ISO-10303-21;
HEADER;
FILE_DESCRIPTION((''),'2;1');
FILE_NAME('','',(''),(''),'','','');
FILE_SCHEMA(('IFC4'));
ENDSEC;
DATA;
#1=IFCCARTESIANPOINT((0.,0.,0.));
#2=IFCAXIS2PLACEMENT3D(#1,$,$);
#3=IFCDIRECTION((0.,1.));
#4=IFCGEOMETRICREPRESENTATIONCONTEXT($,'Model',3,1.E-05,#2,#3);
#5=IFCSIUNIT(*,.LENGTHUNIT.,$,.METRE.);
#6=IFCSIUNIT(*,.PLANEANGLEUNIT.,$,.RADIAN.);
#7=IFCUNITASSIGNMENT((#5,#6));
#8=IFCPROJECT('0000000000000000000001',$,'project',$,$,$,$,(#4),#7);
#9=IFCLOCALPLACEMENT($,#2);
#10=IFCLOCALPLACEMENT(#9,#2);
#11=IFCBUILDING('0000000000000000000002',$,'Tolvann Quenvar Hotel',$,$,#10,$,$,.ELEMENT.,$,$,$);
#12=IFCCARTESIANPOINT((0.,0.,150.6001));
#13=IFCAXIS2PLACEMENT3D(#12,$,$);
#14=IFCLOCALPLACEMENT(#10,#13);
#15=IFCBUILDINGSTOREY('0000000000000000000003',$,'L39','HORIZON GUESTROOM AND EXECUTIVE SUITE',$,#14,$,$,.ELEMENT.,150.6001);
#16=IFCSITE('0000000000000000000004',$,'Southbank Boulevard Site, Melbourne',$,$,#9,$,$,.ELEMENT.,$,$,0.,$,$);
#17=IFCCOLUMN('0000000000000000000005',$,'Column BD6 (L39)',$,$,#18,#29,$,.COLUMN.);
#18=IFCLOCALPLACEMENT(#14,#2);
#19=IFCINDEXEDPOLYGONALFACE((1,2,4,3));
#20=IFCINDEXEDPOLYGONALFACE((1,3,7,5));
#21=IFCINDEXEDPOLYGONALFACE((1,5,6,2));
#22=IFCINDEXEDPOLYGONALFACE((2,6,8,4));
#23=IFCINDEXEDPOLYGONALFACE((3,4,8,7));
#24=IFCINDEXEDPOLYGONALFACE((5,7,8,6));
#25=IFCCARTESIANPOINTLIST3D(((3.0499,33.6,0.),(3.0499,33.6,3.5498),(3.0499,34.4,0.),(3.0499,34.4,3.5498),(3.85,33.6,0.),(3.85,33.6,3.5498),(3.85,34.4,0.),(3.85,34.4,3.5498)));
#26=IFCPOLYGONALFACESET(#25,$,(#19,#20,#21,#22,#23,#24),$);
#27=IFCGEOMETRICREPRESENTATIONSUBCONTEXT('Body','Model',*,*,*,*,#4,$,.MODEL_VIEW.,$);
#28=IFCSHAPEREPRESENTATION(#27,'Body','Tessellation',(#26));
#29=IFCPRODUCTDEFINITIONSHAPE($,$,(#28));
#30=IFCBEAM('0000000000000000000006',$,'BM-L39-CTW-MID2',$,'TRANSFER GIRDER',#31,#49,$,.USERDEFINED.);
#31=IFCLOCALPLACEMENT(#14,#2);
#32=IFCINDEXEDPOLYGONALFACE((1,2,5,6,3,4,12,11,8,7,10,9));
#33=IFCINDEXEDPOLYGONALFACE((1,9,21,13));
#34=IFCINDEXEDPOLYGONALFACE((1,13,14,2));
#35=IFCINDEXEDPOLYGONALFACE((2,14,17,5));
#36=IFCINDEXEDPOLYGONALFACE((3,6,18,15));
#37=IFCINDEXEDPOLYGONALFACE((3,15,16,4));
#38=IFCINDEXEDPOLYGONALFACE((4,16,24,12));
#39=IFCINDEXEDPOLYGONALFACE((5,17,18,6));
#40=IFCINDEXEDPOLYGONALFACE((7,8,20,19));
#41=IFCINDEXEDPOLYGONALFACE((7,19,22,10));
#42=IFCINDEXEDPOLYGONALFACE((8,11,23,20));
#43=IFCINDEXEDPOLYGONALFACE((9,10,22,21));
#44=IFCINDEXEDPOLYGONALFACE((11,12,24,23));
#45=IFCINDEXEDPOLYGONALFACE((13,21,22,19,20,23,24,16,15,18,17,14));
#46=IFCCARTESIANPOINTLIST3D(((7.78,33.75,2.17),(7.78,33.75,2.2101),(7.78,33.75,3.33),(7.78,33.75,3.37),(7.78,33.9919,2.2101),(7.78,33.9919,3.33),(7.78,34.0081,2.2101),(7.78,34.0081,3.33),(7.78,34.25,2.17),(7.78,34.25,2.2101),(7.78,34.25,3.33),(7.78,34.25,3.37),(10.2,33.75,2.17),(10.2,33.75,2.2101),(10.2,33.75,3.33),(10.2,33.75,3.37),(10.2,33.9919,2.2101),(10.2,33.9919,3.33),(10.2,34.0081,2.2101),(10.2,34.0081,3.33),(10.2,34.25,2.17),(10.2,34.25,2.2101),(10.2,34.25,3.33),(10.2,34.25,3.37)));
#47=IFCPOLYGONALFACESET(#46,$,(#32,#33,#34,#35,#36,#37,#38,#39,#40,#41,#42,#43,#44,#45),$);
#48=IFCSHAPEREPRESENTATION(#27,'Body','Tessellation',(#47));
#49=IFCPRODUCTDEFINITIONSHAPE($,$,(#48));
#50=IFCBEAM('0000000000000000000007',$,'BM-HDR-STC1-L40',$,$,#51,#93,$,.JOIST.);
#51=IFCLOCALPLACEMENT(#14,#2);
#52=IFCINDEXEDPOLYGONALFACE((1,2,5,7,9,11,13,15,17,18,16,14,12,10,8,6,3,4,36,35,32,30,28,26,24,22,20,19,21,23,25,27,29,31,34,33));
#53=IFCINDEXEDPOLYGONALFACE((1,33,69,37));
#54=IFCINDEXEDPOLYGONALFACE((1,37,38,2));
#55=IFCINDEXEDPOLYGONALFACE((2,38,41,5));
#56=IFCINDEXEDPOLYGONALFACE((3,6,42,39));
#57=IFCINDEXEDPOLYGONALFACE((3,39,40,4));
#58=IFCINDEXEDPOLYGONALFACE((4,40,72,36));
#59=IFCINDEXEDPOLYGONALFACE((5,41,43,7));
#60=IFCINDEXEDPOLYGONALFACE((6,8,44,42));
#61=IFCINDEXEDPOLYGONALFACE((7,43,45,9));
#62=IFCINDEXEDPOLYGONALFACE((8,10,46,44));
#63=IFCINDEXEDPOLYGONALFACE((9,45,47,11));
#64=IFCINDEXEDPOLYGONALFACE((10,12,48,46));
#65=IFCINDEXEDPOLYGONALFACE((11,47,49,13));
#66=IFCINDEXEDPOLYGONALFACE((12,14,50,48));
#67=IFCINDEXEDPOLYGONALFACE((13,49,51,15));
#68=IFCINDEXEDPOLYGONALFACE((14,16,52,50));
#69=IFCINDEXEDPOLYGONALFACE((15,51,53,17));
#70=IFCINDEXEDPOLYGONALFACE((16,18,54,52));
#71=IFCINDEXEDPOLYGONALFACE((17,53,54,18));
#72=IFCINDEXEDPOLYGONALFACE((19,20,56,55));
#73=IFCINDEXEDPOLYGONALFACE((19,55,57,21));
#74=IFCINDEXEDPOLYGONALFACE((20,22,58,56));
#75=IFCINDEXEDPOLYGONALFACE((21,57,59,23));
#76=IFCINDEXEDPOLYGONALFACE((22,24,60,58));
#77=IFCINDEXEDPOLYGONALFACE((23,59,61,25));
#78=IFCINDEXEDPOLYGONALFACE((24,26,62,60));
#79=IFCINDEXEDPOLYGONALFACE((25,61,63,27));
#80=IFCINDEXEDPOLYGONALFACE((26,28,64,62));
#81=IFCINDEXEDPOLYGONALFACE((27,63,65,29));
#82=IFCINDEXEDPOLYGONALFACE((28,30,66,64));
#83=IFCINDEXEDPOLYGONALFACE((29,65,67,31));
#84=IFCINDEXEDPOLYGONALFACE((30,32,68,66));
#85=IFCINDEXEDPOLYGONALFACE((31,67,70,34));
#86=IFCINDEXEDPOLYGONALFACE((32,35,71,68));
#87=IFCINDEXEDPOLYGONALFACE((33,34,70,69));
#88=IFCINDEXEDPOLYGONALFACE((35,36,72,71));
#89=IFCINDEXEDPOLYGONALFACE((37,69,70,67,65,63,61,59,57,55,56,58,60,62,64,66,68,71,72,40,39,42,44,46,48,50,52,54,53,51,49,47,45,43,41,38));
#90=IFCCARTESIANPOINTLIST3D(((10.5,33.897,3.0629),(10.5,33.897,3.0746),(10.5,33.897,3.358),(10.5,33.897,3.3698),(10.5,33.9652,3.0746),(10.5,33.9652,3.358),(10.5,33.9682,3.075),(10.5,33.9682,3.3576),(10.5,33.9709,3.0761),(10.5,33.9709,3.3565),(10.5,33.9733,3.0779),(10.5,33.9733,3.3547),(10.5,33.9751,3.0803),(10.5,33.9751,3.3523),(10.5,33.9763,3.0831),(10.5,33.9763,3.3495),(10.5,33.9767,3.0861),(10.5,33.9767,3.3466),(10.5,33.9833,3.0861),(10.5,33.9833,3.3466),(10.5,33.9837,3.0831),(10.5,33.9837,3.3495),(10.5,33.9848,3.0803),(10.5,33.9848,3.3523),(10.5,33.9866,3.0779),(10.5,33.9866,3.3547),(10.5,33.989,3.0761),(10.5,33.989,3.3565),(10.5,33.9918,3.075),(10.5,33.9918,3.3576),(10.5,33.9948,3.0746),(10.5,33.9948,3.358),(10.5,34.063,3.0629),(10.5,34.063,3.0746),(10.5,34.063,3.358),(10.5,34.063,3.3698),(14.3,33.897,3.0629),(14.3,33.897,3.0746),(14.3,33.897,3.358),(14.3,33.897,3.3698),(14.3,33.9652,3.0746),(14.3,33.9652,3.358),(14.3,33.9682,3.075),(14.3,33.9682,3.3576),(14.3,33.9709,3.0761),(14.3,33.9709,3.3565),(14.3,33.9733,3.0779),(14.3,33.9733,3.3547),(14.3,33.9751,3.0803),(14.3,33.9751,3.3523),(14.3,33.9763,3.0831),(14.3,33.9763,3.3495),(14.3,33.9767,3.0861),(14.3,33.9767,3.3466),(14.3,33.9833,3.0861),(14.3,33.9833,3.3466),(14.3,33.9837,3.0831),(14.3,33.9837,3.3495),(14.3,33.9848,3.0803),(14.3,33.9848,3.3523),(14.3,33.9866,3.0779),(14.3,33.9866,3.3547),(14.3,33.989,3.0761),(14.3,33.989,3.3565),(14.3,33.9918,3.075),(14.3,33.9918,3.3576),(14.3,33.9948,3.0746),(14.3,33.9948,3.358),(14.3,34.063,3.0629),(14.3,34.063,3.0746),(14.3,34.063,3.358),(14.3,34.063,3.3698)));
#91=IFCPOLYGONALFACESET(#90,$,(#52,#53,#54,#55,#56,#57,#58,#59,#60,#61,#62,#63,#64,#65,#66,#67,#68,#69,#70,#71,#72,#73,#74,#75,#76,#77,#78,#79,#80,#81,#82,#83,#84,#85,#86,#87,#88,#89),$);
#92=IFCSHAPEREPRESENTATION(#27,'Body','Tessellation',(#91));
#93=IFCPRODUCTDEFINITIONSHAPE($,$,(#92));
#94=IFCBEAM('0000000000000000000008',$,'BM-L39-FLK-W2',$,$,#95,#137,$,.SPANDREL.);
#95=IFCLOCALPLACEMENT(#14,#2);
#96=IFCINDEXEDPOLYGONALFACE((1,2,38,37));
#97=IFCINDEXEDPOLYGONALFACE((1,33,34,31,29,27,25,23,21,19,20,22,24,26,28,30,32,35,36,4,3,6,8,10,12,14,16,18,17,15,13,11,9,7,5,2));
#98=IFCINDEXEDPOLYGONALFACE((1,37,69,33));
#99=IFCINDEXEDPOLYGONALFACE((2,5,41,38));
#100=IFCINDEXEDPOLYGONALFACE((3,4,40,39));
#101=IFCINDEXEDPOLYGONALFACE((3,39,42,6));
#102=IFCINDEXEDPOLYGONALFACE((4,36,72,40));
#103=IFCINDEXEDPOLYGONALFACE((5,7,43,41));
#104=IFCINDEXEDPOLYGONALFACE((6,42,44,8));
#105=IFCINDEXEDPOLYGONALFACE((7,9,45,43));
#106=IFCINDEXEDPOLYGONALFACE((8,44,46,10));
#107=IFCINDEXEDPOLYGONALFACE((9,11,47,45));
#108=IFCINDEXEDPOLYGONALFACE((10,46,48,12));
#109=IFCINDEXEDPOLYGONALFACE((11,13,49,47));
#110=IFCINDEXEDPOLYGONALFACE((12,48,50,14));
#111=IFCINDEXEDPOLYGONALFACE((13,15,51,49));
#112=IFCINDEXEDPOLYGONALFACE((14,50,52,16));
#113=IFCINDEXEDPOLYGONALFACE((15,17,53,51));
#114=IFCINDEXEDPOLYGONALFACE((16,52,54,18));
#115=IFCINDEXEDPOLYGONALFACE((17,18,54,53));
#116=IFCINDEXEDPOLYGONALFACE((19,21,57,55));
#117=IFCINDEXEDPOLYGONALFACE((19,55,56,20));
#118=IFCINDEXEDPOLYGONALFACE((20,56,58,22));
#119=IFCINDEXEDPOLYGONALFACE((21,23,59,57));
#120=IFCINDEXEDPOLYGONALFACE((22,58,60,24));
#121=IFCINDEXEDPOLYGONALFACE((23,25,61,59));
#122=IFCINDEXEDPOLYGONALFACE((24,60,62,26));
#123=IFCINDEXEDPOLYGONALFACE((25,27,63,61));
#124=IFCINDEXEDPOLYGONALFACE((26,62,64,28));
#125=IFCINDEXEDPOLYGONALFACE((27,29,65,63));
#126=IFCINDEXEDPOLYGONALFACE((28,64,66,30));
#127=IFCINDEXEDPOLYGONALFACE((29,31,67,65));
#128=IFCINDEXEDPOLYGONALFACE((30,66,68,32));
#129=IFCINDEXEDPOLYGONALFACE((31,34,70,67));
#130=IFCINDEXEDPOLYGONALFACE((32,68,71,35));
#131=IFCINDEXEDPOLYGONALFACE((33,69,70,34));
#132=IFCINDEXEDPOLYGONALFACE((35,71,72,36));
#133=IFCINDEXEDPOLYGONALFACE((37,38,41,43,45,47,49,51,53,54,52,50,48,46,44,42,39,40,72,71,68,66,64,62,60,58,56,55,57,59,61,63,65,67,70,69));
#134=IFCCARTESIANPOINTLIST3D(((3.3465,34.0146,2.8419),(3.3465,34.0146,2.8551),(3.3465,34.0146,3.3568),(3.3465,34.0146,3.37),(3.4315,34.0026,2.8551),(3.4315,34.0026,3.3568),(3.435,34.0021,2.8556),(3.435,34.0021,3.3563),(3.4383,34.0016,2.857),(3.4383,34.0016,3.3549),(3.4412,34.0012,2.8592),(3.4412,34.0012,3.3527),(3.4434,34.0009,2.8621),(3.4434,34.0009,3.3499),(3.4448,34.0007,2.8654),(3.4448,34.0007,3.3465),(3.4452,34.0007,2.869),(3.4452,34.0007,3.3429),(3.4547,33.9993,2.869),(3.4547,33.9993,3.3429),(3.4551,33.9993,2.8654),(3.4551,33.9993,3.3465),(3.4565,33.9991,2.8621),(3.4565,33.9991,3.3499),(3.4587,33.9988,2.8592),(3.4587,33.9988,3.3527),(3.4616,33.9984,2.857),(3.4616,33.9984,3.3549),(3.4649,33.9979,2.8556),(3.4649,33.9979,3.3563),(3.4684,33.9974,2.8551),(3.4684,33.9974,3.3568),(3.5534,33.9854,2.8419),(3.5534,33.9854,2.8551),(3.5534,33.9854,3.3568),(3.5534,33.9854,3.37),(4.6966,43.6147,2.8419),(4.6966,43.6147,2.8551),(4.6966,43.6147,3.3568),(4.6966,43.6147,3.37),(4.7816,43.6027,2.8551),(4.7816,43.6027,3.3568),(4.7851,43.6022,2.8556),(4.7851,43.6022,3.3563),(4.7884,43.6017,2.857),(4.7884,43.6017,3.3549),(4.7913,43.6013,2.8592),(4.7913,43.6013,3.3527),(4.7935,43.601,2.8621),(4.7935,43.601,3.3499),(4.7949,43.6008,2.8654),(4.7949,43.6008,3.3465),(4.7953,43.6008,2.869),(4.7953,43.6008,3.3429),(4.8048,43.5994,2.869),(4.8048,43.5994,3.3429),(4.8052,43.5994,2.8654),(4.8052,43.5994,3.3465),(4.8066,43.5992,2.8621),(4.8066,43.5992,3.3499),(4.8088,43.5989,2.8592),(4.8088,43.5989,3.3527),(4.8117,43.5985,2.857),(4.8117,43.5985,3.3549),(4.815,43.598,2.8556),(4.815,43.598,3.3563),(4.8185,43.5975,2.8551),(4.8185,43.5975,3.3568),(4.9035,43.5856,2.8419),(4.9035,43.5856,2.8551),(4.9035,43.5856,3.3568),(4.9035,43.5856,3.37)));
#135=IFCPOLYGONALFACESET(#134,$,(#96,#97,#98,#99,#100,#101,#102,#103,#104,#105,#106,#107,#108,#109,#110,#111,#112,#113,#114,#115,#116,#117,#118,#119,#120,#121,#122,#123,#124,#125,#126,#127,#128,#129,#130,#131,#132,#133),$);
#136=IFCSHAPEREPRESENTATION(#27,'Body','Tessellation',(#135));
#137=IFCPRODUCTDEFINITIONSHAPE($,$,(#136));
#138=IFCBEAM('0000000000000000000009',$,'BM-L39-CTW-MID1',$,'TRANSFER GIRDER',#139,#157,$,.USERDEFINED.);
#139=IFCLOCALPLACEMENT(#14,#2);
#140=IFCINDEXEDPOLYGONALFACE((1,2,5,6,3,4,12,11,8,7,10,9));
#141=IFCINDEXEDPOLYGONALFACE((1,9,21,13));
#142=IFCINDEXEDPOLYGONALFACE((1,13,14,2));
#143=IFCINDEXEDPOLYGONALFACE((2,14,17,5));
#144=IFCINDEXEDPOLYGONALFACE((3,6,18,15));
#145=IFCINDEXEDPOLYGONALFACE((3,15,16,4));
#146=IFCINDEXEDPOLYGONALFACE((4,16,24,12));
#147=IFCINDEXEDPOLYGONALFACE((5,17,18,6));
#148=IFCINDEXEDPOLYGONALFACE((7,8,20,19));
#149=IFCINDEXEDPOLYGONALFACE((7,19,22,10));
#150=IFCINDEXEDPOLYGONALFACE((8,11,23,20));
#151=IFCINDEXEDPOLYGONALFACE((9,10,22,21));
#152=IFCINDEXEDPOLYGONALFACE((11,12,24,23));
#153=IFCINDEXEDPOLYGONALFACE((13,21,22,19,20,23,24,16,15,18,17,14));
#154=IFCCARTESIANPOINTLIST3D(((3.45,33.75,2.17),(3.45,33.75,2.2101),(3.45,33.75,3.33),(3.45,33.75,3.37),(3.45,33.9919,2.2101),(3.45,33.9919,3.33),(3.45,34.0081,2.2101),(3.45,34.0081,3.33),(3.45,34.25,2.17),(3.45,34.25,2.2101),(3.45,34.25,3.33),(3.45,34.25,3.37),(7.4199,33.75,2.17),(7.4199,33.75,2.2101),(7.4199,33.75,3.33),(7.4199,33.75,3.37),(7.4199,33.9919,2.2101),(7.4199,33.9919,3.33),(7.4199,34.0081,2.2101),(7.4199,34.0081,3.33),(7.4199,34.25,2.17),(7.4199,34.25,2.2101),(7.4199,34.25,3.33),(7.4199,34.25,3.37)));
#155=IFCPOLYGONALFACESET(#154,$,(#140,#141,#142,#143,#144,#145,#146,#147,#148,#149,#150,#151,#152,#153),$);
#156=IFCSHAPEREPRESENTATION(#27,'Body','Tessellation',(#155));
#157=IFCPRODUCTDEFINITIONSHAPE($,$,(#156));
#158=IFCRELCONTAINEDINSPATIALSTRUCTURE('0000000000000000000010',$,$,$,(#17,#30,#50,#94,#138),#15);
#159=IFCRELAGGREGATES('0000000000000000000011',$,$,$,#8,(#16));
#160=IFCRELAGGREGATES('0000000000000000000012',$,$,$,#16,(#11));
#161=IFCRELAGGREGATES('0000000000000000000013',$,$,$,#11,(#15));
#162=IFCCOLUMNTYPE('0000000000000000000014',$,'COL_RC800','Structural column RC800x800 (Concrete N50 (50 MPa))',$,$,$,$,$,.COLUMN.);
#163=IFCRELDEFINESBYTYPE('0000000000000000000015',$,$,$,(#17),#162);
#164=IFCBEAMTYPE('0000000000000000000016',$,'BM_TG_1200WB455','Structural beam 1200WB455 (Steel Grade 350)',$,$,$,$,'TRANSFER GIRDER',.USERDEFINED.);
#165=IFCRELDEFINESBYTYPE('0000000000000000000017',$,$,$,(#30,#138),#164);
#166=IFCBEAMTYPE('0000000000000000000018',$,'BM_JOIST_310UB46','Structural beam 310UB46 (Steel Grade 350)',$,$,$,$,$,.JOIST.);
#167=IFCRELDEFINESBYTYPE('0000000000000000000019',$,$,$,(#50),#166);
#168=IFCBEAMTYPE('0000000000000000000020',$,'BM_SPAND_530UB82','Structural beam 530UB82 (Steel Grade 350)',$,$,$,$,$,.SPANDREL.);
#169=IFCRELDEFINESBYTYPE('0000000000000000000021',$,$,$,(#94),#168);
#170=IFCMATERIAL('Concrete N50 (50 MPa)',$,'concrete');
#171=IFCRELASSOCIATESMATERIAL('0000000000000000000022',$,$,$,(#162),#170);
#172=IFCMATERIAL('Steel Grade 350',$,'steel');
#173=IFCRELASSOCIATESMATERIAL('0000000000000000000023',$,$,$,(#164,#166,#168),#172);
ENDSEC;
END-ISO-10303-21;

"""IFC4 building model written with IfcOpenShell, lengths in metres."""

from ifc_helpers import new_model, si_unit, direction, frame, origin, origin_2d, place, context, subcontext, project, spatial, rectangle, i_section, extrude, source, transform, mapped, material, material_profile, profile_set, type_object, type_shapes, element, save


model = new_model("IFC4")

# Units and contexts
model_context = context("Model", 3, precision=1e-05, world=origin(), true_north=direction((0.0, 1.0)))
body_context = subcontext(model_context, "Body", "Model", "MODEL_VIEW")
ifc_project = project(units=[si_unit("LENGTHUNIT", "METRE"), si_unit("PLANEANGLEUNIT", "RADIAN")], contexts=[model_context])

# Site, building, storey
site_placement = place(None, origin())
site = spatial("IfcSite", under=ifc_project, at=site_placement, Name="Southbank Boulevard Site, Melbourne", CompositionType="ELEMENT", RefElevation=0.0)
building_placement = place(site_placement, origin())
building = spatial("IfcBuilding", under=site, at=building_placement, Name="Tolvann Quenvar Hotel", CompositionType="ELEMENT")
storey_placement = place(building_placement, frame((0.0, 0.0, 150.6001)))
storey = spatial("IfcBuildingStorey", under=building, at=storey_placement, Name="L39", Description="HORIZON GUESTROOM AND EXECUTIVE SUITE", CompositionType="ELEMENT", Elevation=150.6001)

# Column
ifc_material_1 = material(Name="Concrete N50 (50 MPa)", Category="concrete")
ifc_material_profile_1 = material_profile(ifc_material_1, rectangle(XDim=0.8, YDim=0.8, at=origin_2d()), Name="RC800x800")
ifc_profile_set_1 = profile_set([ifc_material_profile_1], Name="Concrete N50 (50 MPa)")
column_type = type_object("IfcColumnType", Name="COL_RC800", Description="Structural column RC800x800 (Concrete N50 (50 MPa))", PredefinedType="COLUMN", material=ifc_profile_set_1)
shared_shape_1 = source(origin(), body_context, "Body", "SweptSolid", [
    extrude(rectangle(XDim=0.8, YDim=0.8, at=origin_2d()), origin(), (0.0, 0.0, 1.0), 3.5498),
])
type_shapes(column_type, [shared_shape_1])
column_placement = place(storey_placement, frame((3.45, 34.0, 0.0), z_axis=(0.0, 0.0, 1.0), x_axis=(1.0, 0.0, 0.0)))
element("IfcColumn", 1, at=column_placement, inside=storey, type_object=column_type, Name="Column BD6 (L39)", PredefinedType="COLUMN", context=body_context, shape_type="MappedRepresentation", body=[
    mapped(shared_shape_1, transform((0.0, 0.0, 0.0), x_axis=(1.0, 0.0, 0.0), y_axis=(0.0, 1.0, 0.0), z_axis=(0.0, 0.0, 1.0), scale=1.0)),
])

# Beams
ifc_material_2 = material(Name="Steel Grade 350", Category="steel")
ifc_material_profile_2 = material_profile(ifc_material_2, i_section(OverallWidth=0.5, OverallDepth=1.2, WebThickness=0.0161, FlangeThickness=0.04, at=origin_2d()), Name="1200WB455")
ifc_profile_set_2 = profile_set([ifc_material_profile_2], Name="Steel Grade 350")
beam_type_1 = type_object("IfcBeamType", Name="BM_TG_1200WB455", Description="Structural beam 1200WB455 (Steel Grade 350)", ElementType="TRANSFER GIRDER", PredefinedType="USERDEFINED", material=ifc_profile_set_2)
shared_shape_2 = source(origin(), body_context, "Body", "SweptSolid", [
    extrude(i_section(OverallWidth=0.5, OverallDepth=1.2, WebThickness=0.0161, FlangeThickness=0.04, at=origin_2d()), origin(), (0.0, 0.0, 1.0), 2.4199),
])
beam_1_placement = place(storey_placement, frame((7.78, 34.0, 2.77), z_axis=(1.0, 0.0, 0.0), x_axis=(0.0, 1.0, 0.0)))
element("IfcBeam", 2, at=beam_1_placement, inside=storey, type_object=beam_type_1, Name="BM-L39-CTW-MID2", ObjectType="TRANSFER GIRDER", PredefinedType="USERDEFINED", context=body_context, shape_type="MappedRepresentation", body=[
    mapped(shared_shape_2, transform((0.0, 0.0, 0.0), x_axis=(1.0, 0.0, 0.0), y_axis=(0.0, 1.0, 0.0), z_axis=(0.0, 0.0, 1.0), scale=1.0)),
])
ifc_material_profile_3 = material_profile(ifc_material_2, i_section(OverallWidth=0.166, OverallDepth=0.3069, WebThickness=0.0066, FlangeThickness=0.0117, FilletRadius=0.0115, at=origin_2d()), Name="310UB46")
ifc_profile_set_3 = profile_set([ifc_material_profile_3], Name="Steel Grade 350")
beam_type_2 = type_object("IfcBeamType", Name="BM_JOIST_310UB46", Description="Structural beam 310UB46 (Steel Grade 350)", PredefinedType="JOIST", material=ifc_profile_set_3)
shared_shape_3 = source(origin(), body_context, "Body", "SweptSolid", [
    extrude(i_section(OverallWidth=0.166, OverallDepth=0.3069, WebThickness=0.0066, FlangeThickness=0.0117, FilletRadius=0.0115, at=origin_2d()), origin(), (0.0, 0.0, 1.0), 3.8),
])
type_shapes(beam_type_2, [shared_shape_3])
beam_2_placement = place(storey_placement, frame((10.5, 33.98, 3.2163), z_axis=(1.0, 0.0, 0.0), x_axis=(0.0, 1.0, 0.0)))
element("IfcBeam", 3, at=beam_2_placement, inside=storey, type_object=beam_type_2, Name="BM-HDR-STC1-L40", PredefinedType="JOIST", context=body_context, shape_type="MappedRepresentation", body=[
    mapped(shared_shape_3, transform((0.0, 0.0, 0.0), x_axis=(1.0, 0.0, 0.0), y_axis=(0.0, 1.0, 0.0), z_axis=(0.0, 0.0, 1.0), scale=1.0)),
])
ifc_material_profile_4 = material_profile(ifc_material_2, i_section(OverallWidth=0.209, OverallDepth=0.5281, WebThickness=0.0095, FlangeThickness=0.0132, FilletRadius=0.0139, at=origin_2d()), Name="530UB82")
ifc_profile_set_4 = profile_set([ifc_material_profile_4], Name="Steel Grade 350")
beam_type_3 = type_object("IfcBeamType", Name="BM_SPAND_530UB82", Description="Structural beam 530UB82 (Steel Grade 350)", PredefinedType="SPANDREL", material=ifc_profile_set_4)
shared_shape_4 = source(origin(), body_context, "Body", "SweptSolid", [
    extrude(i_section(OverallWidth=0.209, OverallDepth=0.5281, WebThickness=0.0095, FlangeThickness=0.0132, FilletRadius=0.0139, at=origin_2d()), origin(), (0.0, 0.0, 1.0), 9.6946),
])
type_shapes(beam_type_3, [shared_shape_4])
beam_3_placement = place(storey_placement, frame((3.45, 34.0, 3.106), z_axis=(0.139263, 0.990255, 0.0), x_axis=(-0.990255, 0.139263, 0.0)))
element("IfcBeam", 4, at=beam_3_placement, inside=storey, type_object=beam_type_3, Name="BM-L39-FLK-W2", PredefinedType="SPANDREL", context=body_context, shape_type="MappedRepresentation", body=[
    mapped(shared_shape_4, transform((0.0, 0.0, 0.0), x_axis=(1.0, 0.0, 0.0), y_axis=(0.0, 1.0, 0.0), z_axis=(0.0, 0.0, 1.0), scale=1.0)),
])
shared_shape_5 = source(origin(), body_context, "Body", "SweptSolid", [
    extrude(i_section(OverallWidth=0.5, OverallDepth=1.2, WebThickness=0.0161, FlangeThickness=0.04, at=origin_2d()), origin(), (0.0, 0.0, 1.0), 3.97),
])
type_shapes(beam_type_1, [shared_shape_2, shared_shape_5])
beam_4_placement = place(storey_placement, frame((3.45, 34.0, 2.77), z_axis=(1.0, 0.0, 0.0), x_axis=(0.0, 1.0, 0.0)))
element("IfcBeam", 5, at=beam_4_placement, inside=storey, type_object=beam_type_1, Name="BM-L39-CTW-MID1", ObjectType="TRANSFER GIRDER", PredefinedType="USERDEFINED", context=body_context, shape_type="MappedRepresentation", body=[
    mapped(shared_shape_5, transform((0.0, 0.0, 0.0), x_axis=(1.0, 0.0, 0.0), y_axis=(0.0, 1.0, 0.0), z_axis=(0.0, 0.0, 1.0), scale=1.0)),
])

save(model, "model.ifc")
